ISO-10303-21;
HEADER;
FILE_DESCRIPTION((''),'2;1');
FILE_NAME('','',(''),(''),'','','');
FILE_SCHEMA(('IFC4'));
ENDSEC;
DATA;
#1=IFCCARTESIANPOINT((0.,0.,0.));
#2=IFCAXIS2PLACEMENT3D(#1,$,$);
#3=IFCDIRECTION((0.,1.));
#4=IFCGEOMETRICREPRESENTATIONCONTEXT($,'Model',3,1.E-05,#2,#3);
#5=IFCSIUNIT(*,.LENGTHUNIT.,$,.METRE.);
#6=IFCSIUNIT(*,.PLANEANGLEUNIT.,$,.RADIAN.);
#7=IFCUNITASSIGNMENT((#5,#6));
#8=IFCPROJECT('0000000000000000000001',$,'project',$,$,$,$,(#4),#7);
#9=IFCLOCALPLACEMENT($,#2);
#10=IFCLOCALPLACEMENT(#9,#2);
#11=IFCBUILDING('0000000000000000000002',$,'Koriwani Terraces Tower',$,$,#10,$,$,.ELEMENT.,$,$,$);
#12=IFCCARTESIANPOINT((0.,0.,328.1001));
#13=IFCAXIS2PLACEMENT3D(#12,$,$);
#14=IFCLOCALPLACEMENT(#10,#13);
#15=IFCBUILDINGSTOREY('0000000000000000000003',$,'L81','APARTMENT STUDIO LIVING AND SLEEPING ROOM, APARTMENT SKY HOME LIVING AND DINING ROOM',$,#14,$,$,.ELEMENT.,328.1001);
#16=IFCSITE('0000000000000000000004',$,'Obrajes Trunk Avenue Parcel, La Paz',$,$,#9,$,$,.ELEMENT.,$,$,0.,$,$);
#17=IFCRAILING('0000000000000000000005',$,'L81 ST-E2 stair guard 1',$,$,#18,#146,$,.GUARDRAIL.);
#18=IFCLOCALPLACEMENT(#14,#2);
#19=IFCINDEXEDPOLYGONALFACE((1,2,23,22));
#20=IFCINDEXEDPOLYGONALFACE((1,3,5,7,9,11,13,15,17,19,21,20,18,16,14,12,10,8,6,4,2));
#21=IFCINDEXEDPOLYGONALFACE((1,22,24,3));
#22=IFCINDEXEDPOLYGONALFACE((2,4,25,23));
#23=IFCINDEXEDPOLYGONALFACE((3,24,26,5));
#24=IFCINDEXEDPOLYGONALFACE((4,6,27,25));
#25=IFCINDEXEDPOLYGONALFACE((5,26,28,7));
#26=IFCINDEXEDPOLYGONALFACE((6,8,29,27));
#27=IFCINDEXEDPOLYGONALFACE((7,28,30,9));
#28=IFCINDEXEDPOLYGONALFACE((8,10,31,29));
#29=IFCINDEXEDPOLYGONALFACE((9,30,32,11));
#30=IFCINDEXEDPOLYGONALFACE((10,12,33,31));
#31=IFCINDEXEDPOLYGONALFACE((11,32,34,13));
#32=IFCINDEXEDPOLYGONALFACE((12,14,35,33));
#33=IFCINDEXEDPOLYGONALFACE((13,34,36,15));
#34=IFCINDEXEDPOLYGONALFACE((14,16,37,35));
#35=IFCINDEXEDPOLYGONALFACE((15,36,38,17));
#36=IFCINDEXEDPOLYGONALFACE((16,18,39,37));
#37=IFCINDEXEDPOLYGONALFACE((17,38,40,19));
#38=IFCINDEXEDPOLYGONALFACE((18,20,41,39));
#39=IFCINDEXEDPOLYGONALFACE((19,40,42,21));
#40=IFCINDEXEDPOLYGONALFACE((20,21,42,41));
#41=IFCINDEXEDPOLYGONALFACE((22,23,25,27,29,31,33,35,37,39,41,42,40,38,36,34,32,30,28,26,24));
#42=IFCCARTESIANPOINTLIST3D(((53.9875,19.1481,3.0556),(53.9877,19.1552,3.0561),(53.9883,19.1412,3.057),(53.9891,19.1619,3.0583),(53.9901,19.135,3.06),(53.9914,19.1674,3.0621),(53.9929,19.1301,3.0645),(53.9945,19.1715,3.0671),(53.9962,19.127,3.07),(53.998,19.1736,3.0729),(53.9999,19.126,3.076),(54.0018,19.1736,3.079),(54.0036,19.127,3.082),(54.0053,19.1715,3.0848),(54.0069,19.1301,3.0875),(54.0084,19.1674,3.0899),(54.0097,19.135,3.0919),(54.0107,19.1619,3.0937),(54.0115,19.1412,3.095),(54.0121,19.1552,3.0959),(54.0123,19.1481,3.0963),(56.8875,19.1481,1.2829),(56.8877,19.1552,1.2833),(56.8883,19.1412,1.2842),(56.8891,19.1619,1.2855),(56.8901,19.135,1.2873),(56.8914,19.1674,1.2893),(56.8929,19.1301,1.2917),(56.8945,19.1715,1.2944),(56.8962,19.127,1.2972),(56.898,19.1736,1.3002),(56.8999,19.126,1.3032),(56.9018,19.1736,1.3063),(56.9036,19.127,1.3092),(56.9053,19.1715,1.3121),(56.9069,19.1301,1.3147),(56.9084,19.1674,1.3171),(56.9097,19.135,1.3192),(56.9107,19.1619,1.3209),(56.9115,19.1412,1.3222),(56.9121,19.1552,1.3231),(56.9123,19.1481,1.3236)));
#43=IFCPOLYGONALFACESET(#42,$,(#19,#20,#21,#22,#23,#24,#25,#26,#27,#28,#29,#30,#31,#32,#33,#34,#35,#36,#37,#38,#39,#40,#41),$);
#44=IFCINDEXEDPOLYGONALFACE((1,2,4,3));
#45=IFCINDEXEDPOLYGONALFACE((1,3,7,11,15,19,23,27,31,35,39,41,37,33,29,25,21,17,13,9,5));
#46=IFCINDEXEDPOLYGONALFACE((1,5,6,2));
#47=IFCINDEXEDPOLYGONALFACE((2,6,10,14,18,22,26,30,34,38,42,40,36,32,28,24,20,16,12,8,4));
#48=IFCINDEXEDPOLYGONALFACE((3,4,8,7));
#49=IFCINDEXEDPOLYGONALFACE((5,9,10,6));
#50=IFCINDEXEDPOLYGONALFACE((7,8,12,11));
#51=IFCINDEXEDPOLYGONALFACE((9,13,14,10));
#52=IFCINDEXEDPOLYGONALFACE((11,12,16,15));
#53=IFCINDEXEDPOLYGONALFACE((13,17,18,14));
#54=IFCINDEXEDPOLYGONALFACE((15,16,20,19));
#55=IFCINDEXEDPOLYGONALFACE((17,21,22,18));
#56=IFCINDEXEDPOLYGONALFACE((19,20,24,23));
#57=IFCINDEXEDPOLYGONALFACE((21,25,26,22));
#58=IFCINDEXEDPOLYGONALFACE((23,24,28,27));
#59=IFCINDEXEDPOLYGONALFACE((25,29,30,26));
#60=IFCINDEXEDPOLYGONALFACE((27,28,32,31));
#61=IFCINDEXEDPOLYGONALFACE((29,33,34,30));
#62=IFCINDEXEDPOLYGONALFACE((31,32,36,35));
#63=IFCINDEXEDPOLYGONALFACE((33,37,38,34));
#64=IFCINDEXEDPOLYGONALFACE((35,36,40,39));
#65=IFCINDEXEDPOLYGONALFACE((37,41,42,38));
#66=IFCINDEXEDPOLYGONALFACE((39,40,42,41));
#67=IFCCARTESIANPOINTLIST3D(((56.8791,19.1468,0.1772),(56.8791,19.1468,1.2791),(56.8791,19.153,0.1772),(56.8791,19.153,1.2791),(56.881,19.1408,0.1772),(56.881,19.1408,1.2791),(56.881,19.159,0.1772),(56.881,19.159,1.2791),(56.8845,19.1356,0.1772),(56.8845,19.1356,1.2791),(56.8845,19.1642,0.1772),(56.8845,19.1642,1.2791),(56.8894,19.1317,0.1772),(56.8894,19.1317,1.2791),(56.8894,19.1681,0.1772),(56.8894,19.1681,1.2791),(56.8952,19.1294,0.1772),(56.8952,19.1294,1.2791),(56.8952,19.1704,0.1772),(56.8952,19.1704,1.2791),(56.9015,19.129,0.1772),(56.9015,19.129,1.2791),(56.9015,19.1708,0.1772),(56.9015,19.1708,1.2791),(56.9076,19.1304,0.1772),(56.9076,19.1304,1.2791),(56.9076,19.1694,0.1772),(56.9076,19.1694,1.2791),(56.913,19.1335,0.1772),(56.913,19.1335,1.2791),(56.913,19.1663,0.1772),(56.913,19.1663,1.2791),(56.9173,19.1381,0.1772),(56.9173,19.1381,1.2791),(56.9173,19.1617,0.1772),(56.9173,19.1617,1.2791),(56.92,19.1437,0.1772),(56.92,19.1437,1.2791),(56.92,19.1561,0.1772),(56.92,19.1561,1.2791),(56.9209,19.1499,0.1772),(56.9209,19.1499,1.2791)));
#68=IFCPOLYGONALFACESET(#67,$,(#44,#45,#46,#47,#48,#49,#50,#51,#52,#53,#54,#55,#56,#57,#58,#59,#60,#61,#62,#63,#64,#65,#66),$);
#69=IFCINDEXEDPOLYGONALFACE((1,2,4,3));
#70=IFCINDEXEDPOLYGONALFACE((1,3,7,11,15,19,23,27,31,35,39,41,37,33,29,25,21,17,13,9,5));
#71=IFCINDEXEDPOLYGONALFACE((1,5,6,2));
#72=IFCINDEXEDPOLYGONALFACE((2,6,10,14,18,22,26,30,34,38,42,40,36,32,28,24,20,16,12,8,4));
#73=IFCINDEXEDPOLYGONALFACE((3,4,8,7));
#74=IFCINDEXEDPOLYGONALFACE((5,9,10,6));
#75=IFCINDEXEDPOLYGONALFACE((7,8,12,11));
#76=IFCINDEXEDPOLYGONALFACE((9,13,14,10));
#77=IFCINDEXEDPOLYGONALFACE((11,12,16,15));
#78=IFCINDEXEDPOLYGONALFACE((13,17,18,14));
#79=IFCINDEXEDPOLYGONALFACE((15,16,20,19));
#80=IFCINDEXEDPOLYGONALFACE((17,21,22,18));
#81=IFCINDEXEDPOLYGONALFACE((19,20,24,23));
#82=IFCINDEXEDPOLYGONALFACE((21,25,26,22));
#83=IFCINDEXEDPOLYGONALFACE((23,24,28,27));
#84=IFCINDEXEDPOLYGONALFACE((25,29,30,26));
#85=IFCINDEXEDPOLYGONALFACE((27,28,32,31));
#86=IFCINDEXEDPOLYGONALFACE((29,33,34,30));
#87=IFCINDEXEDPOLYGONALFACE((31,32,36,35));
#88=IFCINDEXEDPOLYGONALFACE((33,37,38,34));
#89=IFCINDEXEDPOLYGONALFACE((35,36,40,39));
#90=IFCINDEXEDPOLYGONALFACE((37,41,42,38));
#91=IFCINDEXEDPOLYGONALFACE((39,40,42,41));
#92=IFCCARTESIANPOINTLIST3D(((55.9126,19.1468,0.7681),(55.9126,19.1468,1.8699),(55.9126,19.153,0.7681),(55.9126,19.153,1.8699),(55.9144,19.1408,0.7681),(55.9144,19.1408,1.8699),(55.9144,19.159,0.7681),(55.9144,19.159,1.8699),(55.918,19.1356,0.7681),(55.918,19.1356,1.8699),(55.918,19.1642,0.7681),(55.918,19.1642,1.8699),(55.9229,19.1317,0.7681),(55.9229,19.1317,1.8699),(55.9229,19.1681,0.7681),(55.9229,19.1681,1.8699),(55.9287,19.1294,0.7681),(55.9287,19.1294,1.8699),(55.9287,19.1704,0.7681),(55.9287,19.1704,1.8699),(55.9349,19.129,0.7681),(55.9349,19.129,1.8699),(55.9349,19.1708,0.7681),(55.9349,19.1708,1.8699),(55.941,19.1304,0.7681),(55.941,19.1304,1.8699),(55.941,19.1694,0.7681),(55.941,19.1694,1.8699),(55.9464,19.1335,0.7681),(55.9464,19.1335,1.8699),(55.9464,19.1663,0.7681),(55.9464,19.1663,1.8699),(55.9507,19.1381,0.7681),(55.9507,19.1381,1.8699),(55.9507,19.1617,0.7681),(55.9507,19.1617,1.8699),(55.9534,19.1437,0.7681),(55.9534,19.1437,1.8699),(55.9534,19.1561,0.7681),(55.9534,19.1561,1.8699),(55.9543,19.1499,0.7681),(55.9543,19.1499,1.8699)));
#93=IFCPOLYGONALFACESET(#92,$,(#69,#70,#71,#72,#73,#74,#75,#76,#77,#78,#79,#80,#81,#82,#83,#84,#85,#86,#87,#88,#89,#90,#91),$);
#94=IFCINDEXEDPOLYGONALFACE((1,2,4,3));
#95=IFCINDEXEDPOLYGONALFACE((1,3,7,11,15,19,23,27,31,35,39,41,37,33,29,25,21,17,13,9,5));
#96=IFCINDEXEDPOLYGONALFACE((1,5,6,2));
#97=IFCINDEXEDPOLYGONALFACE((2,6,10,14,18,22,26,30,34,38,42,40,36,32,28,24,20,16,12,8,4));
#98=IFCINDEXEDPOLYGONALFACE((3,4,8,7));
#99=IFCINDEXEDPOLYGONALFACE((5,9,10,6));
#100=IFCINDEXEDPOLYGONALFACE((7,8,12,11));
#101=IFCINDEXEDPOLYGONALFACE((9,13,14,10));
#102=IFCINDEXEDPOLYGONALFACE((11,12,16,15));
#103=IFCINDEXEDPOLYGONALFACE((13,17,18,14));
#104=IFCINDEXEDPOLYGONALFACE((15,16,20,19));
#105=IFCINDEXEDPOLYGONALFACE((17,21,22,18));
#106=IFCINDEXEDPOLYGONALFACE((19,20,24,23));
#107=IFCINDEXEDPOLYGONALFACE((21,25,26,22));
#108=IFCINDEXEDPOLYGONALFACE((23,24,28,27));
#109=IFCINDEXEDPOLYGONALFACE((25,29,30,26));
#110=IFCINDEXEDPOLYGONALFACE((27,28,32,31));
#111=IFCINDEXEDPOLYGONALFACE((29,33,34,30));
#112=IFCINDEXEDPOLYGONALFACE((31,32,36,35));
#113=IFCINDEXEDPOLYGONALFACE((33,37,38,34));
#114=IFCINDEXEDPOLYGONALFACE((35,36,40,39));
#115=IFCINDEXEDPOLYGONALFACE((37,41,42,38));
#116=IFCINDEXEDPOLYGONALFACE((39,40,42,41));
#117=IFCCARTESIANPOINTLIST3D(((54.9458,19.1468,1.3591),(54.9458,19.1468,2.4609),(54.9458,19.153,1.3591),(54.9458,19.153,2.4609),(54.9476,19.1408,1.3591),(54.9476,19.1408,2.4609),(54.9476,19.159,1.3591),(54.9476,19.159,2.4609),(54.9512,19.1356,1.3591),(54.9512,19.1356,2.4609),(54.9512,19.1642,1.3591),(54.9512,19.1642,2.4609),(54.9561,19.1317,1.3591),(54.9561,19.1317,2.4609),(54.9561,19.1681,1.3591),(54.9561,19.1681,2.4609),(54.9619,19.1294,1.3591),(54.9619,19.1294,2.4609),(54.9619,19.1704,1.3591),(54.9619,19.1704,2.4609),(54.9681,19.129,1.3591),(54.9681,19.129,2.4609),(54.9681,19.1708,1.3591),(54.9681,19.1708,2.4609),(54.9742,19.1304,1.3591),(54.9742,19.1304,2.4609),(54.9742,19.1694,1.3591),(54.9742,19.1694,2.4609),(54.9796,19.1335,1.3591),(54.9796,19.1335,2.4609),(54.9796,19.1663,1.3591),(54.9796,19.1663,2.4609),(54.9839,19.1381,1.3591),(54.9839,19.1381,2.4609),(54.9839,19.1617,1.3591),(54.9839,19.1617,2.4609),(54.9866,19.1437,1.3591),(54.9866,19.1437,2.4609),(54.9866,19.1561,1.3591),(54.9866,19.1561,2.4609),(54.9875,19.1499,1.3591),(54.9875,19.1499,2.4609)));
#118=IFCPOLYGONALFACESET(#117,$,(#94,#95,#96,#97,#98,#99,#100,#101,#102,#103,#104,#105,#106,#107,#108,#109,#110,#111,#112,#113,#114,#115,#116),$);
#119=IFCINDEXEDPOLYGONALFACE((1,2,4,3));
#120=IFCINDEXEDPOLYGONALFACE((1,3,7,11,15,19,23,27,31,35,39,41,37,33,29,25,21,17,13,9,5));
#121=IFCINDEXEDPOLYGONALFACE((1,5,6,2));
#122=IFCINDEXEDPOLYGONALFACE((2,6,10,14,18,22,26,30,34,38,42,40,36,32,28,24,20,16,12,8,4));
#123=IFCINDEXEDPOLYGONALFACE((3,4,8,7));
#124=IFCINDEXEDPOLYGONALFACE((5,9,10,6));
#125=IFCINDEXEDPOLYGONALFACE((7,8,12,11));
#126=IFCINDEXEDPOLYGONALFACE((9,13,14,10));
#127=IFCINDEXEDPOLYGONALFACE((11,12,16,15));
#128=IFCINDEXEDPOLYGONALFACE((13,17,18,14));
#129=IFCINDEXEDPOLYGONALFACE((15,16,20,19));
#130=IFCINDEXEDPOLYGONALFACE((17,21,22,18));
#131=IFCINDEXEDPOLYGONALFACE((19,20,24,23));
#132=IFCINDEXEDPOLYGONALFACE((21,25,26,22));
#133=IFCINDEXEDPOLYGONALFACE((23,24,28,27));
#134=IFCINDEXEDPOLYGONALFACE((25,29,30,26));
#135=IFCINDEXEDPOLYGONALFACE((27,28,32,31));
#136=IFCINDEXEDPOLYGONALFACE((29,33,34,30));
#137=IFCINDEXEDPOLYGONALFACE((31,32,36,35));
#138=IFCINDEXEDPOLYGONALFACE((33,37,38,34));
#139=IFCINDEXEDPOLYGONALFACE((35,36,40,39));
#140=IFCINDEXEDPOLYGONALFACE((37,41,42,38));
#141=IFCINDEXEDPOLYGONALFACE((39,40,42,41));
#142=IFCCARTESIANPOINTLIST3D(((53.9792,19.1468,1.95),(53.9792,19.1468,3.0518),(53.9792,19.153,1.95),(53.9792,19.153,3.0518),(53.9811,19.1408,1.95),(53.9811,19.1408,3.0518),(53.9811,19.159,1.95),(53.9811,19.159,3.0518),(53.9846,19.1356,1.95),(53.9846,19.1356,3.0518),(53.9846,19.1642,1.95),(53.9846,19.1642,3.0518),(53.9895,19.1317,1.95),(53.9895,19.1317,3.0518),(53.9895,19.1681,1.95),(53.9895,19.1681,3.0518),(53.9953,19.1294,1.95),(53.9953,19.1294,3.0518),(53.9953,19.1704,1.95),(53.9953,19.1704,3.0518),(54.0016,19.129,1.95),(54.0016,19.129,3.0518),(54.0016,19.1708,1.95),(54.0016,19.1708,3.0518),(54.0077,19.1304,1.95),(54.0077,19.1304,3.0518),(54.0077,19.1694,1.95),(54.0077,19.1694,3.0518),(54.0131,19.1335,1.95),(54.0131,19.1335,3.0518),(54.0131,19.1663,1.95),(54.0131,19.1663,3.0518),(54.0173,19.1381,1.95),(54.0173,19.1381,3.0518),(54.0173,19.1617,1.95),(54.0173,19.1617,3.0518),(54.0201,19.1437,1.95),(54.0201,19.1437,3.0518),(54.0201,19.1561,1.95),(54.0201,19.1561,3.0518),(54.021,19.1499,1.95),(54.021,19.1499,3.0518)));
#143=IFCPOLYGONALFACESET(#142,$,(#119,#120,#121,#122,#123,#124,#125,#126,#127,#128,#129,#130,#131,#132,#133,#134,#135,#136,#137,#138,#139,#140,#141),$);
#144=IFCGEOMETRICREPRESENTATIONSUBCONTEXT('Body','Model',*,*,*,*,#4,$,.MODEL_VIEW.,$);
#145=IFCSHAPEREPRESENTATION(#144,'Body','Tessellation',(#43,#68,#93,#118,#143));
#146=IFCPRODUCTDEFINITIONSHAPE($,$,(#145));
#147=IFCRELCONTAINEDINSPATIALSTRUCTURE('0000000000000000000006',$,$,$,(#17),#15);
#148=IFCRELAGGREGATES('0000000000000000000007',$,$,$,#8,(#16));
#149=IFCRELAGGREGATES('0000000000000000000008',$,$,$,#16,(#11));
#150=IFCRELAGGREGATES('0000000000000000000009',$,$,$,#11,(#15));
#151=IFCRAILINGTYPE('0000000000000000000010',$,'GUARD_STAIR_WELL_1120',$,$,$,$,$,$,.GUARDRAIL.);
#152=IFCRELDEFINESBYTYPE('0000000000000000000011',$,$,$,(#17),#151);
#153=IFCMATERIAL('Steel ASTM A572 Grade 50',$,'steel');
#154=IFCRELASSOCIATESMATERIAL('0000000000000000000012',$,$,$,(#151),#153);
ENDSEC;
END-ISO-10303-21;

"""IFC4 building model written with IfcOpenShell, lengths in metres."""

from ifc_helpers import new_model, si_unit, direction, frame, origin, origin_2d, place, context, subcontext, project, spatial, circle, extrude, material, type_object, element, save


model = new_model("IFC4")

# Units and contexts
model_context = context("Model", 3, precision=1e-05, world=origin(), true_north=direction((0.0, 1.0)))
body_context = subcontext(model_context, "Body", "Model", "MODEL_VIEW")
ifc_project = project(units=[si_unit("LENGTHUNIT", "METRE"), si_unit("PLANEANGLEUNIT", "RADIAN")], contexts=[model_context])

# Site, building, storey
site_placement = place(None, origin())
site = spatial("IfcSite", under=ifc_project, at=site_placement, Name="Obrajes Trunk Avenue Parcel, La Paz", CompositionType="ELEMENT", RefElevation=0.0)
building_placement = place(site_placement, origin())
building = spatial("IfcBuilding", under=site, at=building_placement, Name="Koriwani Terraces Tower", CompositionType="ELEMENT")
storey_placement = place(building_placement, frame((0.0, 0.0, 328.1001)))
storey = spatial("IfcBuildingStorey", under=building, at=storey_placement, Name="L81", Description="APARTMENT STUDIO LIVING AND SLEEPING ROOM, APARTMENT SKY HOME LIVING AND DINING ROOM", CompositionType="ELEMENT", Elevation=328.1001)

# Shared definitions
ifc_material_1 = material(Name="Steel ASTM A572 Grade 50", Category="steel")

# Railing
railing_type_1 = type_object("IfcRailingType", Name="GUARD_STAIR_WELL_1120", PredefinedType="GUARDRAIL", material=ifc_material_1)
railing_1_placement = place(storey_placement, frame((56.8999, 19.1499, 0.1772)))
element("IfcRailing", 1, at=railing_1_placement, inside=storey, type_object=railing_type_1, Name="L81 ST-E2 stair guard 1", PredefinedType="GUARDRAIL", context=body_context, shape_type="SweptSolid", body=[
    extrude(circle(Radius=0.0239, at=origin_2d()), frame((0.0, 0.0, 1.126), z_axis=(-0.853211, 0.0, 0.521566), x_axis=(0.0, -1.0, 0.0)), (0.0, 0.0, 1.0), 3.3989),
    extrude(circle(Radius=0.021, at=origin_2d()), origin(), (0.0, 0.0, 1.0), 1.1018),
    extrude(circle(Radius=0.021, at=origin_2d()), frame((-0.9666, 0.0, 0.5908)), (0.0, 0.0, 1.0), 1.1018),
    extrude(circle(Radius=0.021, at=origin_2d()), frame((-1.9333, 0.0, 1.1819)), (0.0, 0.0, 1.0), 1.1018),
    extrude(circle(Radius=0.021, at=origin_2d()), frame((-2.8999, 0.0, 1.7727)), (0.0, 0.0, 1.0), 1.1018),
])

save(model, "model.ifc")
